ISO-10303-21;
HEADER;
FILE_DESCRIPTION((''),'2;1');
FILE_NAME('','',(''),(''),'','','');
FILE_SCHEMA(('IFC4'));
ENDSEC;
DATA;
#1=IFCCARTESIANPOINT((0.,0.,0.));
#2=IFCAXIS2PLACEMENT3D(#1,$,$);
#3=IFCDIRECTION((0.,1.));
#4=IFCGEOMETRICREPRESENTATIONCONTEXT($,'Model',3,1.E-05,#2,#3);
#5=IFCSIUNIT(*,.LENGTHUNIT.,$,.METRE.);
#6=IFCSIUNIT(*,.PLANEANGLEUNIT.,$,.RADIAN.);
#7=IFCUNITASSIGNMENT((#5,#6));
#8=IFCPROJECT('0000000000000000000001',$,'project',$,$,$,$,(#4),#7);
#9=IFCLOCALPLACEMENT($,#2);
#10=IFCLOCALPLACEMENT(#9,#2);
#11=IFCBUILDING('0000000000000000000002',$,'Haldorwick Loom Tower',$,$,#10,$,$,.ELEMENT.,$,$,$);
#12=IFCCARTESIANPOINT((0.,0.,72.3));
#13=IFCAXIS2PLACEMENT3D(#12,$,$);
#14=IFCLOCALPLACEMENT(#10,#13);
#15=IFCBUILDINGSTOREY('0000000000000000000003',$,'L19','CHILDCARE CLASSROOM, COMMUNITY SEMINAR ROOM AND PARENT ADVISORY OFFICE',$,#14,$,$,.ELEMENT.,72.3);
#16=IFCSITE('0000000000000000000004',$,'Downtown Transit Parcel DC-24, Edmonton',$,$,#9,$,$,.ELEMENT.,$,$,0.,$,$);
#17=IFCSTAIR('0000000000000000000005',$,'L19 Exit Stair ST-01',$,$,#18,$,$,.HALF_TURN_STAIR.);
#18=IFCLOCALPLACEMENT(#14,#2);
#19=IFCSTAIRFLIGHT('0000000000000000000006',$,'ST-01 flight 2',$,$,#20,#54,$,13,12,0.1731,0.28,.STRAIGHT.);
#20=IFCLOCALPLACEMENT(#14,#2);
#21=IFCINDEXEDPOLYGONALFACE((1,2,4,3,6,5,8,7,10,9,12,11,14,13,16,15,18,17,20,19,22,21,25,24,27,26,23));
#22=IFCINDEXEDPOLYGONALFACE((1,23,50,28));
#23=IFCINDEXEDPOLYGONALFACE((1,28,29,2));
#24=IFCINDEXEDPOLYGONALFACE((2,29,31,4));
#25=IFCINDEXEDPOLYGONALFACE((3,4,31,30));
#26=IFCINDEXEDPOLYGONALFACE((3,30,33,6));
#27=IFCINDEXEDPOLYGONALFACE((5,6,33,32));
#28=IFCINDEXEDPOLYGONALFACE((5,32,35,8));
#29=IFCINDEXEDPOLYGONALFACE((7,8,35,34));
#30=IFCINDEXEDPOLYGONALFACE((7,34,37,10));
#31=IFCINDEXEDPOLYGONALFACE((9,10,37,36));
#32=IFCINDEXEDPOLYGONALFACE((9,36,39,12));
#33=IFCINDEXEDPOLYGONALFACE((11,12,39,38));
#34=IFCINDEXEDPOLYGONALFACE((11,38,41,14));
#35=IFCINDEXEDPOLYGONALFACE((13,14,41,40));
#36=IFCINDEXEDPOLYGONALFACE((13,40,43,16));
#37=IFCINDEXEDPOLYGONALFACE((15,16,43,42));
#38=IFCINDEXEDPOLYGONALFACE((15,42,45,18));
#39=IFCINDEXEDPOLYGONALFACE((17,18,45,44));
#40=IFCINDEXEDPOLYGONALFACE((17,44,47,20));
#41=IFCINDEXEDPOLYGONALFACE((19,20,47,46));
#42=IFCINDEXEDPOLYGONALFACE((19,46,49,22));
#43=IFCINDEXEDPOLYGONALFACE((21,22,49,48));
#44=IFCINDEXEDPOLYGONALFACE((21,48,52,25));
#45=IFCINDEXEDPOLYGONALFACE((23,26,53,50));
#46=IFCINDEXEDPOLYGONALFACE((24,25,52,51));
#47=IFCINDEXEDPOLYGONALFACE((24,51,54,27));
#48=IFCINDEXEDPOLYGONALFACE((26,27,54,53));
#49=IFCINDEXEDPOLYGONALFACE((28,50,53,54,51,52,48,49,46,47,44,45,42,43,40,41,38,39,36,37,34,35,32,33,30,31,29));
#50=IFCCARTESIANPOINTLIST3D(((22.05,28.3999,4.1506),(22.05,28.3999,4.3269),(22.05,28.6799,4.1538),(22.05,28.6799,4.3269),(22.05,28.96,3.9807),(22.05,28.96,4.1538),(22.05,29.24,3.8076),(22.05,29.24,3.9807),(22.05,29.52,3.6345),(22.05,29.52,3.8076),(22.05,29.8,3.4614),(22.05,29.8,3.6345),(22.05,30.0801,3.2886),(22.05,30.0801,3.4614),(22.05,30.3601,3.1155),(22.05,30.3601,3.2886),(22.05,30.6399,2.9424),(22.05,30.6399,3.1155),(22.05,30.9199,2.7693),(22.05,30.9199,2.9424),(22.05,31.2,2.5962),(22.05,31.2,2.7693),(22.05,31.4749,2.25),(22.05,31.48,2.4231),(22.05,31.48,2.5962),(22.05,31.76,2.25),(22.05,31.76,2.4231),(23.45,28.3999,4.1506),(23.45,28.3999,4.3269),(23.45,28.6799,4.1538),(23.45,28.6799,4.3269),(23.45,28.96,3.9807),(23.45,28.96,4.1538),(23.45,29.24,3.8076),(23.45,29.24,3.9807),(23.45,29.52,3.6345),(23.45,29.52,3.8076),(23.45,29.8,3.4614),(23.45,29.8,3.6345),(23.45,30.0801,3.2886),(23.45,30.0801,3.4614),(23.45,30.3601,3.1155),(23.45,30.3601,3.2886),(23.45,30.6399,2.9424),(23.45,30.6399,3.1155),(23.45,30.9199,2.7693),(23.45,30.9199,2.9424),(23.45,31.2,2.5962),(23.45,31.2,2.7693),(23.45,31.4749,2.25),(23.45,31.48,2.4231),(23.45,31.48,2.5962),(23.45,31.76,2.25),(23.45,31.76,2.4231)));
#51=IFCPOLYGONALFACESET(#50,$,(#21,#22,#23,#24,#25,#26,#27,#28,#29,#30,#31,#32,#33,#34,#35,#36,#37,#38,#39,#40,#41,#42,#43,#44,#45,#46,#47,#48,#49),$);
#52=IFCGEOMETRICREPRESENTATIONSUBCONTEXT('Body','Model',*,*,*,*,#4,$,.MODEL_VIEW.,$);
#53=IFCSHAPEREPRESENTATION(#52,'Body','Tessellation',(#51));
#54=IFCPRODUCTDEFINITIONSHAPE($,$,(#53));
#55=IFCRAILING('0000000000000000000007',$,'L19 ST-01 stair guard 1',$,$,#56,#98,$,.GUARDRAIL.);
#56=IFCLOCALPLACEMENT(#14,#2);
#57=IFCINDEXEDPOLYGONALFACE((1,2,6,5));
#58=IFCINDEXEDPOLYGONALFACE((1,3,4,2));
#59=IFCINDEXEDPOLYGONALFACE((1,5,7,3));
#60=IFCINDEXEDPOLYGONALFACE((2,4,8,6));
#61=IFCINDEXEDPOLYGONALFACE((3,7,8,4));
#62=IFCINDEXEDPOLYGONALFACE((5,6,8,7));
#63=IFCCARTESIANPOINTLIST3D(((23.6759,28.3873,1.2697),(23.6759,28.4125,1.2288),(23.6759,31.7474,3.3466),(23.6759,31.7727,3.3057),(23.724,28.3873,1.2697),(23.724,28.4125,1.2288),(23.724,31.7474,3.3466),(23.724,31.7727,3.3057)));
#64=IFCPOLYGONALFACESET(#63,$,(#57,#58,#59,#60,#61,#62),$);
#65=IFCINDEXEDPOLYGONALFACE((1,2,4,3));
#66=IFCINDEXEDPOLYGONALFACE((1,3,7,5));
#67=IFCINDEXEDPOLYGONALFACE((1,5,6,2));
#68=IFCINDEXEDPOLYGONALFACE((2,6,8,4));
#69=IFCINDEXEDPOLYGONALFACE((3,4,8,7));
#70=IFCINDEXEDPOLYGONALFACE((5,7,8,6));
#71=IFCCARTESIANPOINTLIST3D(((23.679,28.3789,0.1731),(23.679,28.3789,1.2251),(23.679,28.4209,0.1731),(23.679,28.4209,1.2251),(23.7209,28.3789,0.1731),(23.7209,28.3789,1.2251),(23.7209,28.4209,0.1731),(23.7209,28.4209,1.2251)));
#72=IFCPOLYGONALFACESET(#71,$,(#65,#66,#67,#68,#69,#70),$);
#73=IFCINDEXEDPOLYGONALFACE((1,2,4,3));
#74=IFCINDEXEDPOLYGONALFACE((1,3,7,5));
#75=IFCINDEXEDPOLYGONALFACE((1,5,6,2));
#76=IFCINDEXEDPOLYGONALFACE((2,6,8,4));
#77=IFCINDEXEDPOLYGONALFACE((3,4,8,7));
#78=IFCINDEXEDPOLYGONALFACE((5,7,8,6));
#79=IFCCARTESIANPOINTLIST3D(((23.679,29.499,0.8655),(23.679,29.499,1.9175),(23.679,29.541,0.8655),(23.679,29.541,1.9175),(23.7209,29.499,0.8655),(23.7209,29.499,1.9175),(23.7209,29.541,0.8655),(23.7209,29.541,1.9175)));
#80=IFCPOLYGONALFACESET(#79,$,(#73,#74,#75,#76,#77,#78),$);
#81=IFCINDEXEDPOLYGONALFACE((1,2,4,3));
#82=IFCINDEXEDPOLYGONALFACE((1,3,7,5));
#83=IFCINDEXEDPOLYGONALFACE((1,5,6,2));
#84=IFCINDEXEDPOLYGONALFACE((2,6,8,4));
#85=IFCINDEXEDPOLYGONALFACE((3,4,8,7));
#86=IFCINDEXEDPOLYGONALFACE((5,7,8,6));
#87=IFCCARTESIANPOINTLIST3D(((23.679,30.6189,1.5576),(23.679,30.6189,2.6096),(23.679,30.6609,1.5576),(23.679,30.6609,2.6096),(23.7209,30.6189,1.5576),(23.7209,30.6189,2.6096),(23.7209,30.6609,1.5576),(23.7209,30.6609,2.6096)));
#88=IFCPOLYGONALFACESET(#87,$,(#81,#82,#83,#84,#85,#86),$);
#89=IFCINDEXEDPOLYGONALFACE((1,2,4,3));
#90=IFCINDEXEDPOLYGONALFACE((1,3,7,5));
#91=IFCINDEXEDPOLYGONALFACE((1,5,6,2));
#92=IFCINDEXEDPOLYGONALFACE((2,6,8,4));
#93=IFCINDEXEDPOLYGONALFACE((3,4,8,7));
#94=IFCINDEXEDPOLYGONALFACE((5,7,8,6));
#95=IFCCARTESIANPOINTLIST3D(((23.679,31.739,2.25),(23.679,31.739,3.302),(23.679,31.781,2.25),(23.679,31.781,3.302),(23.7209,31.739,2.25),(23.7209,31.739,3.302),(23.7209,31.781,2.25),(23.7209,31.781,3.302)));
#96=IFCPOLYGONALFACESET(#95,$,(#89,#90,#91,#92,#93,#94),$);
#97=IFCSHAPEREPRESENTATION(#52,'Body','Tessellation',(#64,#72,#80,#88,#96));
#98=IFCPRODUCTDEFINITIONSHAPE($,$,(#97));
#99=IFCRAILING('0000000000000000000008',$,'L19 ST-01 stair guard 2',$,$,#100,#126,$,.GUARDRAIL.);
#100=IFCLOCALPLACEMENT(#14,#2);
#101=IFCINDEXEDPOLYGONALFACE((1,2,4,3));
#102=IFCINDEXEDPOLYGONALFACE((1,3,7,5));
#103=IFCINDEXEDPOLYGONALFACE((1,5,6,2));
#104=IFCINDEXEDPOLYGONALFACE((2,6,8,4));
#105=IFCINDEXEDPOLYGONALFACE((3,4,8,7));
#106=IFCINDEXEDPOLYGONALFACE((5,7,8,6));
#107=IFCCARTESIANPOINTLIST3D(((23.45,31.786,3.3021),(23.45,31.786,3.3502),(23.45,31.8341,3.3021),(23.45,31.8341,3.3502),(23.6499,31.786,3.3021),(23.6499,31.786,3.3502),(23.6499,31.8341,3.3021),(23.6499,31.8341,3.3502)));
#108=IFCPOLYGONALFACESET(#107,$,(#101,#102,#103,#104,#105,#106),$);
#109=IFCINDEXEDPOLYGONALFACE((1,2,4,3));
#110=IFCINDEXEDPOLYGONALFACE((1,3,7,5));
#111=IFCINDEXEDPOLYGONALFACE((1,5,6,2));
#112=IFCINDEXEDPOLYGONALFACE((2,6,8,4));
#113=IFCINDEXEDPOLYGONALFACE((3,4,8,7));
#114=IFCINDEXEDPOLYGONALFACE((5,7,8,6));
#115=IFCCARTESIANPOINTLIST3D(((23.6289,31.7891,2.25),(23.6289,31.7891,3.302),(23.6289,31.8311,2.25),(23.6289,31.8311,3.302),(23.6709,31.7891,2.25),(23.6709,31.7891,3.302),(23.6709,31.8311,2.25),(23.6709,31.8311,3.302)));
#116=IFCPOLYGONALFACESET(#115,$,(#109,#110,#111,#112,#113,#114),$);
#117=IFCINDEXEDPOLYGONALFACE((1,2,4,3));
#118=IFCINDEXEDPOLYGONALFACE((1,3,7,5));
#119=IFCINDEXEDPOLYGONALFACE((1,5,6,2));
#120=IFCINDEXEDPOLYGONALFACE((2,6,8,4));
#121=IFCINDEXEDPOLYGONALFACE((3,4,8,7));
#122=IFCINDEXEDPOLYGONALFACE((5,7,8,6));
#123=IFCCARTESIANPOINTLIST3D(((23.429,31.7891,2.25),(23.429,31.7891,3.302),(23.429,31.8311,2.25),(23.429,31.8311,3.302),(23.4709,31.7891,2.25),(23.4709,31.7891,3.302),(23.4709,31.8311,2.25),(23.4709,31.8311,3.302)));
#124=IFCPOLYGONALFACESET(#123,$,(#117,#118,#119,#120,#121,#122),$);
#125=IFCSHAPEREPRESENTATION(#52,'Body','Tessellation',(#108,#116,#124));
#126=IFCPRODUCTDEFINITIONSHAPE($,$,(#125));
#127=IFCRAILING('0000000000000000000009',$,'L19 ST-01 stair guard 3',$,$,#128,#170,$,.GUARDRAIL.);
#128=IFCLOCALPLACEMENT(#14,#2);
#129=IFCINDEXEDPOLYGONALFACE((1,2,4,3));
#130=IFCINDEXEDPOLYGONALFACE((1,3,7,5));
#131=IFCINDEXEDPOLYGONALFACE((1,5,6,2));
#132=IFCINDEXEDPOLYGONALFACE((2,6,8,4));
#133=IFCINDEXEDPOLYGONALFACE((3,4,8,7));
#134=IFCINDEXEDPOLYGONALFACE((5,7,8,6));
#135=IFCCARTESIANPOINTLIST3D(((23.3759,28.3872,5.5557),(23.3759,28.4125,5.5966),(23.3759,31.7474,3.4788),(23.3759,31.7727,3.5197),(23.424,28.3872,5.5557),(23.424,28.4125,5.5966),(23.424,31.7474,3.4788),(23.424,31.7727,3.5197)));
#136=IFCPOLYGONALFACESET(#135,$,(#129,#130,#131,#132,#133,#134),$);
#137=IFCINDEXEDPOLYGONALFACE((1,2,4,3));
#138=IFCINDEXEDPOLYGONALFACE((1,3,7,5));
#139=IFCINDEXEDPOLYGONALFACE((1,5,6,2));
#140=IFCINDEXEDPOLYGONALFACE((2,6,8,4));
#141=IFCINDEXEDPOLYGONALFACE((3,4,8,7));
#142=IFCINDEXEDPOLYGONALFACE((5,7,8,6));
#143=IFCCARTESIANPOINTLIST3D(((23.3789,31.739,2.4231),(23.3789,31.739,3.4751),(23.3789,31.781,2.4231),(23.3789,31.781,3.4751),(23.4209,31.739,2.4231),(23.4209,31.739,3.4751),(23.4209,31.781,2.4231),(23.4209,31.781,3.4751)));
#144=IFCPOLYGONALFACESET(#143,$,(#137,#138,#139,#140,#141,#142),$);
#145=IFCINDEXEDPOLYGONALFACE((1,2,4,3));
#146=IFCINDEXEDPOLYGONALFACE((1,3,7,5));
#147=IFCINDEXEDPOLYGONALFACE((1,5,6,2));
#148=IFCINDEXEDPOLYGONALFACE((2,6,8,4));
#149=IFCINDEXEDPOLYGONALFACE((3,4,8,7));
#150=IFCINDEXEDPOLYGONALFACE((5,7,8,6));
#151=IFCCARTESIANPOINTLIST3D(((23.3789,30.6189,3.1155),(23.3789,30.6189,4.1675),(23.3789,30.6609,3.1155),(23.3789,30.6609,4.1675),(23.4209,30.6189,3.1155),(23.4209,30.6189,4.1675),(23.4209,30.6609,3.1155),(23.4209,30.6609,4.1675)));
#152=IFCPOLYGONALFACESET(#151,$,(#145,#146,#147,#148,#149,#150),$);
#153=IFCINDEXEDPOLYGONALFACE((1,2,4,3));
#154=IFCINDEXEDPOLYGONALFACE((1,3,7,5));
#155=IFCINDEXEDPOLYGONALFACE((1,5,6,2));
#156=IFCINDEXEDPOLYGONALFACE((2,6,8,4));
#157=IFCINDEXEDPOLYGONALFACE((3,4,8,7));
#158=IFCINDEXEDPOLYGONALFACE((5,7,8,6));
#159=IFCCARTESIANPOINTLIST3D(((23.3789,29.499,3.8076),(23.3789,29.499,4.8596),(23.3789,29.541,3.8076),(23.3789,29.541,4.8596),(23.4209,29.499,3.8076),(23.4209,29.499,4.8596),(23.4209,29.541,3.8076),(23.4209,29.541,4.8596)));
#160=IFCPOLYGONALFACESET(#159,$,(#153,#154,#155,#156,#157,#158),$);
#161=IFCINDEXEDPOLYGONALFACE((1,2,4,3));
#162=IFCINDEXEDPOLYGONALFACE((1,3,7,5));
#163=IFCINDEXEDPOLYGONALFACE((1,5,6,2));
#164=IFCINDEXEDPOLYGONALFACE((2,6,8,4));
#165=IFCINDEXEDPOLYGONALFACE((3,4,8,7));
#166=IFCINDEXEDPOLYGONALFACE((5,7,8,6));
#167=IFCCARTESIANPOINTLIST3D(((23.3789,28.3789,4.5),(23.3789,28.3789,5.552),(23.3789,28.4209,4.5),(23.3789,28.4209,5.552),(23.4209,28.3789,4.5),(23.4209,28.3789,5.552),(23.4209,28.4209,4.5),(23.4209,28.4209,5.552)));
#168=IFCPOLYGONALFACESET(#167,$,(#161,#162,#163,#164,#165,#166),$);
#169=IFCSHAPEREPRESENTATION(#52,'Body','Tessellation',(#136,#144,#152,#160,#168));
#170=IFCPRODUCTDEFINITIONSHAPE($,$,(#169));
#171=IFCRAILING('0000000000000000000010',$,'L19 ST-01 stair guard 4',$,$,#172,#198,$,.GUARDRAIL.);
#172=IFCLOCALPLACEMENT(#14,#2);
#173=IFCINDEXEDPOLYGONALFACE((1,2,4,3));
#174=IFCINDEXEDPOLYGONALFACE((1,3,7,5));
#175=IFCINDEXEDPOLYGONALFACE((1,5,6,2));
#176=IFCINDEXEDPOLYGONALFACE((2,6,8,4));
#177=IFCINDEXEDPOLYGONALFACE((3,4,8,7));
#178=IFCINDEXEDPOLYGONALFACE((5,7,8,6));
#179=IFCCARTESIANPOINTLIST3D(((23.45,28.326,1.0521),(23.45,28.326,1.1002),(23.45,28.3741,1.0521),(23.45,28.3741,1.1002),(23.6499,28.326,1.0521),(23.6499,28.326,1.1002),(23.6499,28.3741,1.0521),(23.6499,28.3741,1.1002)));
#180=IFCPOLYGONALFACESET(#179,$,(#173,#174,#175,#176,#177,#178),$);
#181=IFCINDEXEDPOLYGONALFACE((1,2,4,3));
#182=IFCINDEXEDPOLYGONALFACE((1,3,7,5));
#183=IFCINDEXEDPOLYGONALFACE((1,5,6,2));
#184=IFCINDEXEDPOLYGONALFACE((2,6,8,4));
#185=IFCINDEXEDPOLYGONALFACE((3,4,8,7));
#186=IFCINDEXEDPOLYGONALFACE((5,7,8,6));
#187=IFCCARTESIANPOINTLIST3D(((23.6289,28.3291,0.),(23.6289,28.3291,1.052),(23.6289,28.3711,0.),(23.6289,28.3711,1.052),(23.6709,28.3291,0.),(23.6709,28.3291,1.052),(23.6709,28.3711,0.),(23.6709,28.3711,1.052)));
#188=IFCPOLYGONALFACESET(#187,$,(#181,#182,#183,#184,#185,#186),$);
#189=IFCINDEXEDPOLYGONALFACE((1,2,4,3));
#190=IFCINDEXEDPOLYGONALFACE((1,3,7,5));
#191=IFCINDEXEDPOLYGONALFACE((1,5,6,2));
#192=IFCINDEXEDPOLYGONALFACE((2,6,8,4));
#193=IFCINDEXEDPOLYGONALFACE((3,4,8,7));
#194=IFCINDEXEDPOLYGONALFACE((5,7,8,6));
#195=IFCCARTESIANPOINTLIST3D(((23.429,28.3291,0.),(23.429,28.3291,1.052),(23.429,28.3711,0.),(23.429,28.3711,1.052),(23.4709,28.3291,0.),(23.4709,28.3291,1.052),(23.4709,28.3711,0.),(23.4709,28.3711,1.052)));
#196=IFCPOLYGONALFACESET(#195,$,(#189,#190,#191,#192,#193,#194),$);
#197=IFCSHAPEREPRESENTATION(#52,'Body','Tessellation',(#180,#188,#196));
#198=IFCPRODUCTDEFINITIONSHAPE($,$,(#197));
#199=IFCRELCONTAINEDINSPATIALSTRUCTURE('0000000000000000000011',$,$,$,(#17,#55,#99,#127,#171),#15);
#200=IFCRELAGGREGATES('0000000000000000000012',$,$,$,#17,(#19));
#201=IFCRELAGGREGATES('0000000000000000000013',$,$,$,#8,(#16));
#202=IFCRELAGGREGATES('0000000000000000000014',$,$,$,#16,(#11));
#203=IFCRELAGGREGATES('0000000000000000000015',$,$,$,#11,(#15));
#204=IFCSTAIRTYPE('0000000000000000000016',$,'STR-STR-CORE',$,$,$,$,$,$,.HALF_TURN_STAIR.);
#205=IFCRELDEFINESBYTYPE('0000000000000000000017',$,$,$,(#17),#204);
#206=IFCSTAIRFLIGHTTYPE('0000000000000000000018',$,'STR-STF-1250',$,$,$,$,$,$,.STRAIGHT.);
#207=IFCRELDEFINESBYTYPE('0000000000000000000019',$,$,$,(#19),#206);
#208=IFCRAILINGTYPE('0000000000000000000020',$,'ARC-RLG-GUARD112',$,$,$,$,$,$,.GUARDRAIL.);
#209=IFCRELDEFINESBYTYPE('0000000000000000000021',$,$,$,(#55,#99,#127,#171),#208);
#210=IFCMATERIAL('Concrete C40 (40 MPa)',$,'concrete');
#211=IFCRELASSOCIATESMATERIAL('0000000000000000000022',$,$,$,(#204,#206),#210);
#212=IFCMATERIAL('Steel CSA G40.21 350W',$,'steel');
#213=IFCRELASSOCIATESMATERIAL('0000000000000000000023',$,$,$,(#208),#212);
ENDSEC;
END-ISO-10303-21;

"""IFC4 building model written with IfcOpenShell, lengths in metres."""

from ifc_helpers import new_model, si_unit, direction, frame, origin, origin_2d, place, context, subcontext, project, spatial, polyline, rectangle, outline, extrude, material, type_object, element, aggregate, save


model = new_model("IFC4")

# Units and contexts
model_context = context("Model", 3, precision=1e-05, world=origin(), true_north=direction((0.0, 1.0)))
body_context = subcontext(model_context, "Body", "Model", "MODEL_VIEW")
ifc_project = project(units=[si_unit("LENGTHUNIT", "METRE"), si_unit("PLANEANGLEUNIT", "RADIAN")], contexts=[model_context])

# Site, building, storey
site_placement = place(None, origin())
site = spatial("IfcSite", under=ifc_project, at=site_placement, Name="Downtown Transit Parcel DC-24, Edmonton", CompositionType="ELEMENT", RefElevation=0.0)
building_placement = place(site_placement, origin())
building = spatial("IfcBuilding", under=site, at=building_placement, Name="Haldorwick Loom Tower", CompositionType="ELEMENT")
storey_placement = place(building_placement, frame((0.0, 0.0, 72.3)))
storey = spatial("IfcBuildingStorey", under=building, at=storey_placement, Name="L19", Description="CHILDCARE CLASSROOM, COMMUNITY SEMINAR ROOM AND PARENT ADVISORY OFFICE", CompositionType="ELEMENT", Elevation=72.3)

# Shared definitions
ifc_material_1 = material(Name="Steel CSA G40.21 350W", Category="steel")

# Stair, stair flight
ifc_material_2 = material(Name="Concrete C40 (40 MPa)", Category="concrete")
stair_type = type_object("IfcStairType", Name="STR-STR-CORE", PredefinedType="HALF_TURN_STAIR", material=ifc_material_2)
stair_placement = place(storey_placement, origin())
stair = element("IfcStair", 1, at=stair_placement, inside=storey, type_object=stair_type, Name="L19 Exit Stair ST-01", PredefinedType="HALF_TURN_STAIR")
stair_flight_type = type_object("IfcStairFlightType", Name="STR-STF-1250", PredefinedType="STRAIGHT", material=ifc_material_2)
stair_flight_1_placement = place(storey_placement, frame((22.75, 31.76, 2.25), z_axis=(0.0, 0.0, 1.0), x_axis=(0.0, -1.0, 0.0)))
stair_flight_1 = element("IfcStairFlight", 2, at=stair_flight_1_placement, type_object=stair_flight_type, Name="ST-01 flight 2", NumberOfRisers=13, NumberOfTreads=12, PredefinedType="STRAIGHT", RiserHeight=0.1731, TreadLength=0.28, context=body_context, shape_type="SweptSolid", body=[
    extrude(outline(polyline([(0.0, 0.0), (0.0, 0.1731), (0.28, 0.1731), (0.28, 0.3462), (0.5601, 0.3462), (0.5601, 0.5193), (0.8401, 0.5193), (0.8401, 0.6924), (1.1201, 0.6924), (1.1201, 0.8655), (1.3999, 0.8655), (1.3999, 1.0386), (1.6799, 1.0386), (1.6799, 1.2114), (1.96, 1.2114), (1.96, 1.3845), (2.24, 1.3845), (2.24, 1.5576), (2.52, 1.5576), (2.52, 1.7307), (2.8, 1.7307), (2.8, 1.9038), (3.0801, 1.9038), (3.0801, 2.0769), (3.3601, 2.0769), (3.3601, 2.25), (3.3601, 1.9006), (0.2852, 0.0), (0.0, 0.0)])), frame((0.0, 0.7, 0.0), z_axis=(0.0, -1.0, 0.0), x_axis=(1.0, 0.0, 0.0)), (0.0, 0.0, 1.0), 1.3999),
])
aggregate(stair, [stair_flight_1])

# Railings
railing_type_1 = type_object("IfcRailingType", Name="ARC-RLG-GUARD112", PredefinedType="GUARDRAIL", material=ifc_material_1)
railing_1_placement = place(storey_placement, frame((23.7, 28.3999, 0.1731)))
element("IfcRailing", 3, at=railing_1_placement, inside=storey, type_object=railing_type_1, Name="L19 ST-01 stair guard 1", PredefinedType="GUARDRAIL", context=body_context, shape_type="SweptSolid", body=[
    extrude(rectangle(XDim=0.0481, YDim=0.0481, at=origin_2d()), frame((0.0, 0.0, 1.0762), z_axis=(0.0, 0.850623, 0.525776), x_axis=(-1.0, 0.0, 0.0)), (0.0, 0.0, 1.0), 3.9502),
    extrude(rectangle(XDim=0.042, YDim=0.042, at=origin_2d()), origin(), (0.0, 0.0, 1.0), 1.052),
    extrude(rectangle(XDim=0.042, YDim=0.042, at=origin_2d()), frame((0.0, 1.1201, 0.6924)), (0.0, 0.0, 1.0), 1.052),
    extrude(rectangle(XDim=0.042, YDim=0.042, at=origin_2d()), frame((0.0, 2.24, 1.3845)), (0.0, 0.0, 1.0), 1.052),
    extrude(rectangle(XDim=0.042, YDim=0.042, at=origin_2d()), frame((0.0, 3.3601, 2.0769)), (0.0, 0.0, 1.0), 1.052),
])
railing_2_placement = place(storey_placement, frame((23.6499, 31.8101, 2.25)))
element("IfcRailing", 4, at=railing_2_placement, inside=storey, type_object=railing_type_1, Name="L19 ST-01 stair guard 2", PredefinedType="GUARDRAIL", context=body_context, shape_type="SweptSolid", body=[
    extrude(rectangle(XDim=0.0481, YDim=0.0481, at=origin_2d()), frame((0.0, 0.0, 1.0762), z_axis=(-1.0, 0.0, 0.0), x_axis=(0.0, -1.0, 0.0)), (0.0, 0.0, 1.0), 0.2),
    extrude(rectangle(XDim=0.042, YDim=0.042, at=origin_2d()), origin(), (0.0, 0.0, 1.0), 1.052),
    extrude(rectangle(XDim=0.042, YDim=0.042, at=origin_2d()), frame((-0.2, 0.0, 0.0)), (0.0, 0.0, 1.0), 1.052),
])
railing_3_placement = place(storey_placement, frame((23.3999, 31.76, 2.4231)))
element("IfcRailing", 5, at=railing_3_placement, inside=storey, type_object=railing_type_1, Name="L19 ST-01 stair guard 3", PredefinedType="GUARDRAIL", context=body_context, shape_type="SweptSolid", body=[
    extrude(rectangle(XDim=0.0481, YDim=0.0481, at=origin_2d()), frame((0.0, 0.0, 1.0762), z_axis=(0.0, -0.850623, 0.525776), x_axis=(1.0, 0.0, 0.0)), (0.0, 0.0, 1.0), 3.9502),
    extrude(rectangle(XDim=0.042, YDim=0.042, at=origin_2d()), origin(), (0.0, 0.0, 1.0), 1.052),
    extrude(rectangle(XDim=0.042, YDim=0.042, at=origin_2d()), frame((0.0, -1.1201, 0.6924)), (0.0, 0.0, 1.0), 1.052),
    extrude(rectangle(XDim=0.042, YDim=0.042, at=origin_2d()), frame((0.0, -2.24, 1.3845)), (0.0, 0.0, 1.0), 1.052),
    extrude(rectangle(XDim=0.042, YDim=0.042, at=origin_2d()), frame((0.0, -3.3601, 2.0769)), (0.0, 0.0, 1.0), 1.052),
])
railing_4_placement = place(storey_placement, frame((23.6499, 28.3501, 0.0)))
element("IfcRailing", 6, at=railing_4_placement, inside=storey, type_object=railing_type_1, Name="L19 ST-01 stair guard 4", PredefinedType="GUARDRAIL", context=body_context, shape_type="SweptSolid", body=[
    extrude(rectangle(XDim=0.0481, YDim=0.0481, at=origin_2d()), frame((0.0, 0.0, 1.0762), z_axis=(-1.0, 0.0, 0.0), x_axis=(0.0, -1.0, 0.0)), (0.0, 0.0, 1.0), 0.2),
    extrude(rectangle(XDim=0.042, YDim=0.042, at=origin_2d()), origin(), (0.0, 0.0, 1.0), 1.052),
    extrude(rectangle(XDim=0.042, YDim=0.042, at=origin_2d()), frame((-0.2, 0.0, 0.0)), (0.0, 0.0, 1.0), 1.052),
])

save(model, "model.ifc")
